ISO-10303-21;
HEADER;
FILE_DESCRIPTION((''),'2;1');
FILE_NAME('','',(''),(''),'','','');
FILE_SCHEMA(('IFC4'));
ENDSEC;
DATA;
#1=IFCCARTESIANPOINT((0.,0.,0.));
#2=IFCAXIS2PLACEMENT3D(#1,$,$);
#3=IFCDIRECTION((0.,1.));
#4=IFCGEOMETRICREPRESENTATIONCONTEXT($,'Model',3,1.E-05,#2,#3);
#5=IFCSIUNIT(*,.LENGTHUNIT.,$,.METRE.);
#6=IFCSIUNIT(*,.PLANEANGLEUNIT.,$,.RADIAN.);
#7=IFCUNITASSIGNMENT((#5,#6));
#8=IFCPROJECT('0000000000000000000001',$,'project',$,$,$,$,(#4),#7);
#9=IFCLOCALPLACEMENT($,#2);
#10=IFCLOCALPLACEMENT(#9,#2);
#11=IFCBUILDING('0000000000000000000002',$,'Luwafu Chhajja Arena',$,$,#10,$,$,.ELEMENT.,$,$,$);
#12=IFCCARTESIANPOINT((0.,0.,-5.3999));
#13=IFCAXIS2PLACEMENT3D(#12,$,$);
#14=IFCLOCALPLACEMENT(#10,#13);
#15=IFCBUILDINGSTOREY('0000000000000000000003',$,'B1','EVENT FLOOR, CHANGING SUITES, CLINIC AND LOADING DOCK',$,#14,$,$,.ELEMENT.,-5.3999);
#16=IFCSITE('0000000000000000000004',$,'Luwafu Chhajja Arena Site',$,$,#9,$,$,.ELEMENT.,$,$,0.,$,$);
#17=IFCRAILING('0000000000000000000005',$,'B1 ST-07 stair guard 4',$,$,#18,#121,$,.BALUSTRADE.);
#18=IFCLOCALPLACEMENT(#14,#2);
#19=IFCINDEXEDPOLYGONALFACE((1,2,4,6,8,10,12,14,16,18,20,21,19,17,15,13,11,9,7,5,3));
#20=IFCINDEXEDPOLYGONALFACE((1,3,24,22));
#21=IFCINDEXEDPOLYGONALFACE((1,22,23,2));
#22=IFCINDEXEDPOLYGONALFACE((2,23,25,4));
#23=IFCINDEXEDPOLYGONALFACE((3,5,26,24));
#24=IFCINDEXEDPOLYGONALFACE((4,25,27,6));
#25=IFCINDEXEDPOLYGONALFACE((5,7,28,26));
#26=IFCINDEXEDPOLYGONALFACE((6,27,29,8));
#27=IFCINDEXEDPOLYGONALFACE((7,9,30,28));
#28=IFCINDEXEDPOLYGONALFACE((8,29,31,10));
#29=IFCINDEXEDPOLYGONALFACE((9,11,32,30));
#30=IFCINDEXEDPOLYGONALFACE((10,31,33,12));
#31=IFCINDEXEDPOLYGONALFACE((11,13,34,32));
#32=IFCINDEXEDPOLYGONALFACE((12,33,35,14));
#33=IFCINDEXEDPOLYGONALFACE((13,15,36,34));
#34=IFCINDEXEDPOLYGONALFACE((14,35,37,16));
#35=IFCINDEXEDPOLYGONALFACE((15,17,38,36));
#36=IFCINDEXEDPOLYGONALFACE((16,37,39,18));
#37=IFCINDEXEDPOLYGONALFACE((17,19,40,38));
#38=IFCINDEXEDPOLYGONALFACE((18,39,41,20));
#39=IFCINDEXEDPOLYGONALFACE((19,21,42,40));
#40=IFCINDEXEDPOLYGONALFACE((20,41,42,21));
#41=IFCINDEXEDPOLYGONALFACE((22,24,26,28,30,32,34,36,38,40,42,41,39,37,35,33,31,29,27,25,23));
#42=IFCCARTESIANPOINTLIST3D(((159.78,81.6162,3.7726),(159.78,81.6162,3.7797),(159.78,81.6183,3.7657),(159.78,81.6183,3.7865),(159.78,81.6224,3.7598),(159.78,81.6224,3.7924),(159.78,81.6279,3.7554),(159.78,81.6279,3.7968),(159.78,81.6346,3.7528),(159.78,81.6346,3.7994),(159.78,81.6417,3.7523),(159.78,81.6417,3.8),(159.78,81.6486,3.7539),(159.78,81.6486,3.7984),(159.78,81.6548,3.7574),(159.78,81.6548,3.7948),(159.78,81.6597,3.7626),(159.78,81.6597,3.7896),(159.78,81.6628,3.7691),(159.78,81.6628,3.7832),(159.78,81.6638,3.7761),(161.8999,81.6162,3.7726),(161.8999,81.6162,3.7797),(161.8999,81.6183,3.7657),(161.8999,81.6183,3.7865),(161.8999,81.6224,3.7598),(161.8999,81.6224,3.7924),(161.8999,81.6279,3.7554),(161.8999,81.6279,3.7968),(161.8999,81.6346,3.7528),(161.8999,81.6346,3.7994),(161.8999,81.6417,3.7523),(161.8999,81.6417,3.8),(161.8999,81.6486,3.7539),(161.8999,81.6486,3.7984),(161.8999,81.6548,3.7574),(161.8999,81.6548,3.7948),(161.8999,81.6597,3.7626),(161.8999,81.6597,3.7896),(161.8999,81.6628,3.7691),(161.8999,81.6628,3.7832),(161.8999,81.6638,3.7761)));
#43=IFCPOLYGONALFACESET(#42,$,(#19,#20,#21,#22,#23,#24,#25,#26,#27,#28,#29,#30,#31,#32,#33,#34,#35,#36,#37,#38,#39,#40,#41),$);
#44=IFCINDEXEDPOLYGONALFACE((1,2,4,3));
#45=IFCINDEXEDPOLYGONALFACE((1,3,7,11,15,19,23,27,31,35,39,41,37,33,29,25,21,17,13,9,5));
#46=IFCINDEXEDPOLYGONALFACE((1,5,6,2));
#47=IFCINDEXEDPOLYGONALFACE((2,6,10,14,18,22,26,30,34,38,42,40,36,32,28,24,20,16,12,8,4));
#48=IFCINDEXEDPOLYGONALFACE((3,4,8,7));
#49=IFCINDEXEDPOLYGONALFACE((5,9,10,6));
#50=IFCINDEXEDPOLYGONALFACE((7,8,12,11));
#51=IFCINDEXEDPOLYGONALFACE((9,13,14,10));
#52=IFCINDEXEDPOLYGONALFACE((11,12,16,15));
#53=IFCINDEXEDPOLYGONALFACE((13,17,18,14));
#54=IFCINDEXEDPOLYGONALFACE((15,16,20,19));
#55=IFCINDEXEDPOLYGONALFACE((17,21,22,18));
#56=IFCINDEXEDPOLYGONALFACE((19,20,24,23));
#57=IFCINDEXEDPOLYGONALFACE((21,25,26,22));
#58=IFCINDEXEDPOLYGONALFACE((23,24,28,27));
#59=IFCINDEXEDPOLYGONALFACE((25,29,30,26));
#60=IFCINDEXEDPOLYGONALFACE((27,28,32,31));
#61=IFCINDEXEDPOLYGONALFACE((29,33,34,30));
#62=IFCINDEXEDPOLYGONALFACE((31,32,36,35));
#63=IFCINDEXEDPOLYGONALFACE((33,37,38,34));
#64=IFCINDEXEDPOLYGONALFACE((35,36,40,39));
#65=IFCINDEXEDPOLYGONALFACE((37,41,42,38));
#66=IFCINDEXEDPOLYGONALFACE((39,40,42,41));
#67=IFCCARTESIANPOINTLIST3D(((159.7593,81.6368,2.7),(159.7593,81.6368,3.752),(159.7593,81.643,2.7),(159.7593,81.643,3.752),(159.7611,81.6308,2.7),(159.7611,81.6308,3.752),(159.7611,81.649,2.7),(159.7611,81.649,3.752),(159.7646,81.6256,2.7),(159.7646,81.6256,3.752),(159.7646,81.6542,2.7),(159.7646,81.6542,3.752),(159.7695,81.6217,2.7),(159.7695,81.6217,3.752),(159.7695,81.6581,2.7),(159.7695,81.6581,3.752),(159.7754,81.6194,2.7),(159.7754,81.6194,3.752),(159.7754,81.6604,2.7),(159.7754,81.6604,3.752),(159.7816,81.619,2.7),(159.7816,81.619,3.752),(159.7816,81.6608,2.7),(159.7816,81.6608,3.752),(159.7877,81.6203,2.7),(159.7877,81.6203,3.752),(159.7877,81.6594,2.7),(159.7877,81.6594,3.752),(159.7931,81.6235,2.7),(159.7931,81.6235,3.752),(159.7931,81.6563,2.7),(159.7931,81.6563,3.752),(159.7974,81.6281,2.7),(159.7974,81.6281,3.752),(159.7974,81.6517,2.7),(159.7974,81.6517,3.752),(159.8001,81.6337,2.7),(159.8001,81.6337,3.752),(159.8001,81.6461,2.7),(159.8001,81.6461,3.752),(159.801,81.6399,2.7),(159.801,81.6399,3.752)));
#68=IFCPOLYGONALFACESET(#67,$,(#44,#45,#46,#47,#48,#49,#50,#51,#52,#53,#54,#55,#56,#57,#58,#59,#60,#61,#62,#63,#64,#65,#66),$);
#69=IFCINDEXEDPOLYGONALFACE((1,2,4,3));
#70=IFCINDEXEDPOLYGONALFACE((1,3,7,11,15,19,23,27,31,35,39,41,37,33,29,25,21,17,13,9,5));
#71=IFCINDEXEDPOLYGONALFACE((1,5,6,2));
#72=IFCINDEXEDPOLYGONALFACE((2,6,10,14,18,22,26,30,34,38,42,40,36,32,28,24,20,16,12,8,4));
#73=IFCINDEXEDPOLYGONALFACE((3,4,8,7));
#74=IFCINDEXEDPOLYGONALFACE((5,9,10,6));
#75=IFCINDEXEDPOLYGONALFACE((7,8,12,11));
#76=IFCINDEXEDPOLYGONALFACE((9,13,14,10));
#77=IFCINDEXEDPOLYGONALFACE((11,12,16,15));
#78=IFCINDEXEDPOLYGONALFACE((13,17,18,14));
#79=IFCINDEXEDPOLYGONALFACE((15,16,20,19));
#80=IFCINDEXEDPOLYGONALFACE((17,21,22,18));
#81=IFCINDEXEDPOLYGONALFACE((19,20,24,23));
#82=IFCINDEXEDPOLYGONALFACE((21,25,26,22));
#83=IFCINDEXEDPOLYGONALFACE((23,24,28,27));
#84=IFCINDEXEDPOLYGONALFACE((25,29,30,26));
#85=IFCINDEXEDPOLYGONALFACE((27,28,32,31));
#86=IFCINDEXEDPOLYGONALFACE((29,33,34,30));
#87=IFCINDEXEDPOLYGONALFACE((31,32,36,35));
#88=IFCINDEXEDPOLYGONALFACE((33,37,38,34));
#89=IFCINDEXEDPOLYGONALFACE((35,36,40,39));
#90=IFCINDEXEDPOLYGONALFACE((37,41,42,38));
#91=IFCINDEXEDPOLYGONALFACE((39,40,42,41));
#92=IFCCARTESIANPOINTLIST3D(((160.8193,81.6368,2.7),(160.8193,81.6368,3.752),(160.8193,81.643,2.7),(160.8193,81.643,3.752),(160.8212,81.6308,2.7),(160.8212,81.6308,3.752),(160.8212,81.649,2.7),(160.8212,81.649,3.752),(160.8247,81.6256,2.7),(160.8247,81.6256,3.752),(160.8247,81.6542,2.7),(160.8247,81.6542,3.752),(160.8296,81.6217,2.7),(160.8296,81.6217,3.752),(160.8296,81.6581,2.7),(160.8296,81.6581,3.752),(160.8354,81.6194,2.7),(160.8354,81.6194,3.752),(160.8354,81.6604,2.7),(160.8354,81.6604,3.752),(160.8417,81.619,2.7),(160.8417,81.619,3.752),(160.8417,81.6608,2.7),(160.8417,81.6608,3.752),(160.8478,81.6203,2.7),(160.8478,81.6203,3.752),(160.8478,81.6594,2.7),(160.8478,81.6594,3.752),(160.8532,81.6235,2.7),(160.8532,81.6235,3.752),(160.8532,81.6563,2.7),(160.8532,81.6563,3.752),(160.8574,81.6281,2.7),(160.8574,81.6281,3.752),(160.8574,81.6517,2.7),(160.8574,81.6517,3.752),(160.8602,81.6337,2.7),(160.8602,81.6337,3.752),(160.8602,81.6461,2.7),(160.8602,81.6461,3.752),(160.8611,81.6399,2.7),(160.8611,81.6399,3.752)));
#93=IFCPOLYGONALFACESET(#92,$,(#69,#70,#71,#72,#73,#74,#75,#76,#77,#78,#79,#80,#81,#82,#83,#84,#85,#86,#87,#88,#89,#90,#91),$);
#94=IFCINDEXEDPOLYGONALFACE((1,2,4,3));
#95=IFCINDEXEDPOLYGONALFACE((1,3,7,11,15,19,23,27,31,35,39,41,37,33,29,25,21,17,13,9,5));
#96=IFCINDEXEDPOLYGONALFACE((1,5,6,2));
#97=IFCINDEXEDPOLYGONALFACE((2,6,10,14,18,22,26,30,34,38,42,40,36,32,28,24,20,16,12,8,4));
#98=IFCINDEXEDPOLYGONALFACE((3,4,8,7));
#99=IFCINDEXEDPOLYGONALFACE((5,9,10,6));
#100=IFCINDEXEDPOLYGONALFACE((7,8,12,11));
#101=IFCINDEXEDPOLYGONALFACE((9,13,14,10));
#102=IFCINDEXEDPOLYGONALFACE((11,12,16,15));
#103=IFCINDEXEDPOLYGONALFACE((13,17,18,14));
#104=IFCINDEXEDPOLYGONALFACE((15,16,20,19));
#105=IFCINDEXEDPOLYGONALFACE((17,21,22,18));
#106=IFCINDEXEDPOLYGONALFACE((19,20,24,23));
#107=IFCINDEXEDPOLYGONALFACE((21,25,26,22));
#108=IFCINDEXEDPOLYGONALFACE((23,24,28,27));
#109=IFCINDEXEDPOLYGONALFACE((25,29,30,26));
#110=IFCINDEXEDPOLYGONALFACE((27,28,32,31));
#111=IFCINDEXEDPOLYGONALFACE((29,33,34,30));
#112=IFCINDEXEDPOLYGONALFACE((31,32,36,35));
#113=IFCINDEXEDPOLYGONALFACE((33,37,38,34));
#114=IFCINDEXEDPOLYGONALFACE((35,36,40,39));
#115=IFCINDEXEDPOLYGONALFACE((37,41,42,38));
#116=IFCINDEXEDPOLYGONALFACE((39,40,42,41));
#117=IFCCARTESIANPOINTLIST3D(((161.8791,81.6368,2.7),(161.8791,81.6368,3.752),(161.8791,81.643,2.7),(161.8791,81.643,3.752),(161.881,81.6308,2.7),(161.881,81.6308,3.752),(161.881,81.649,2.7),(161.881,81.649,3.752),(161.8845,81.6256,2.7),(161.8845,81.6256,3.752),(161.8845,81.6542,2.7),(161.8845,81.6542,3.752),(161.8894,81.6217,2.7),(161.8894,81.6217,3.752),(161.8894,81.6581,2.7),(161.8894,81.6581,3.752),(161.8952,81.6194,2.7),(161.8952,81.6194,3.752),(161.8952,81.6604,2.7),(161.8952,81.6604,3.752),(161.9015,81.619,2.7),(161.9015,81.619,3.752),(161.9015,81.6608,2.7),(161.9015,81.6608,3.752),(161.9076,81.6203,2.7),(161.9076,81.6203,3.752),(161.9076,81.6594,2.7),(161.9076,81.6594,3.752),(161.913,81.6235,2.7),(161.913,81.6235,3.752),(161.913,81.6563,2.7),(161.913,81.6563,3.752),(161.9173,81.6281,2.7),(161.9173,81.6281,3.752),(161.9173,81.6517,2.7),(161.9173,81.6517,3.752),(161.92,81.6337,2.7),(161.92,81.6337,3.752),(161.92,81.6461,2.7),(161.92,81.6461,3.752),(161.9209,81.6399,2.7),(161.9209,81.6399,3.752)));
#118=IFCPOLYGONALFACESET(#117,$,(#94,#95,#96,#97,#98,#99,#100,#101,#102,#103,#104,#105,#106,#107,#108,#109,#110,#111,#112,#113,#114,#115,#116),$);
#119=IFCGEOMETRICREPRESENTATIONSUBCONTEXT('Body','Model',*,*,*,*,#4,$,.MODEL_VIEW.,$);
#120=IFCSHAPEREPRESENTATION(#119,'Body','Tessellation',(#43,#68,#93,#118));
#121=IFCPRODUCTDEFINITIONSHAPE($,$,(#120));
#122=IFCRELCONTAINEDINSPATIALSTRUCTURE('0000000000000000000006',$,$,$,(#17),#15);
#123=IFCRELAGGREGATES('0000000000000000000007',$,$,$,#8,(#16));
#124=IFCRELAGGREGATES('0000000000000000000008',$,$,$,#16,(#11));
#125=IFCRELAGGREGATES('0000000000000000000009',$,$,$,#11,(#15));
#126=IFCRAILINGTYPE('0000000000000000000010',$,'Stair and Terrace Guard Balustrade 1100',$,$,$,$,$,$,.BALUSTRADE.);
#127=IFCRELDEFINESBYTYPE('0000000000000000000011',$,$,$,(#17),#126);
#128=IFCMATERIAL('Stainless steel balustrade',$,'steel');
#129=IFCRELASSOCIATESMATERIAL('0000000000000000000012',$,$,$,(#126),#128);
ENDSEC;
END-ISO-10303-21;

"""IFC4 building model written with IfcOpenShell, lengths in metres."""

from ifc_helpers import new_model, si_unit, direction, frame, origin, origin_2d, place, context, subcontext, project, spatial, circle, extrude, material, type_object, element, save


model = new_model("IFC4")

# Units and contexts
model_context = context("Model", 3, precision=1e-05, world=origin(), true_north=direction((0.0, 1.0)))
body_context = subcontext(model_context, "Body", "Model", "MODEL_VIEW")
ifc_project = project(units=[si_unit("LENGTHUNIT", "METRE"), si_unit("PLANEANGLEUNIT", "RADIAN")], contexts=[model_context])

# Site, building, storey
site_placement = place(None, origin())
site = spatial("IfcSite", under=ifc_project, at=site_placement, Name="Luwafu Chhajja Arena Site", CompositionType="ELEMENT", RefElevation=0.0)
building_placement = place(site_placement, origin())
building = spatial("IfcBuilding", under=site, at=building_placement, Name="Luwafu Chhajja Arena", CompositionType="ELEMENT")
storey_placement = place(building_placement, frame((0.0, 0.0, -5.3999)))
storey = spatial("IfcBuildingStorey", under=building, at=storey_placement, Name="B1", Description="EVENT FLOOR, CHANGING SUITES, CLINIC AND LOADING DOCK", CompositionType="ELEMENT", Elevation=-5.3999)

# Railing
ifc_material_1 = material(Name="Stainless steel balustrade", Category="steel")
railing_type_1 = type_object("IfcRailingType", Name="Stair and Terrace Guard Balustrade 1100", PredefinedType="BALUSTRADE", material=ifc_material_1)
for number, where, name in (
    (1, (159.78, 81.6399, 2.7), "B1 ST-07 stair guard 4"),
):
    element("IfcRailing", number, at=place(storey_placement, frame(where)), inside=storey, type_object=railing_type_1, Name=name, PredefinedType="BALUSTRADE", context=body_context, shape_type="SweptSolid", body=[
        extrude(circle(Radius=0.0239, at=origin_2d()), frame((0.0, 0.0, 1.0762), z_axis=(1.0, 0.0, 0.0), x_axis=(0.0, 1.0, 0.0)), (0.0, 0.0, 1.0), 2.1199),
        extrude(circle(Radius=0.021, at=origin_2d()), origin(), (0.0, 0.0, 1.0), 1.052),
        extrude(circle(Radius=0.021, at=origin_2d()), frame((1.0601, 0.0, 0.0)), (0.0, 0.0, 1.0), 1.052),
        extrude(circle(Radius=0.021, at=origin_2d()), frame((2.1199, 0.0, 0.0)), (0.0, 0.0, 1.0), 1.052),
    ])

save(model, "model.ifc")
